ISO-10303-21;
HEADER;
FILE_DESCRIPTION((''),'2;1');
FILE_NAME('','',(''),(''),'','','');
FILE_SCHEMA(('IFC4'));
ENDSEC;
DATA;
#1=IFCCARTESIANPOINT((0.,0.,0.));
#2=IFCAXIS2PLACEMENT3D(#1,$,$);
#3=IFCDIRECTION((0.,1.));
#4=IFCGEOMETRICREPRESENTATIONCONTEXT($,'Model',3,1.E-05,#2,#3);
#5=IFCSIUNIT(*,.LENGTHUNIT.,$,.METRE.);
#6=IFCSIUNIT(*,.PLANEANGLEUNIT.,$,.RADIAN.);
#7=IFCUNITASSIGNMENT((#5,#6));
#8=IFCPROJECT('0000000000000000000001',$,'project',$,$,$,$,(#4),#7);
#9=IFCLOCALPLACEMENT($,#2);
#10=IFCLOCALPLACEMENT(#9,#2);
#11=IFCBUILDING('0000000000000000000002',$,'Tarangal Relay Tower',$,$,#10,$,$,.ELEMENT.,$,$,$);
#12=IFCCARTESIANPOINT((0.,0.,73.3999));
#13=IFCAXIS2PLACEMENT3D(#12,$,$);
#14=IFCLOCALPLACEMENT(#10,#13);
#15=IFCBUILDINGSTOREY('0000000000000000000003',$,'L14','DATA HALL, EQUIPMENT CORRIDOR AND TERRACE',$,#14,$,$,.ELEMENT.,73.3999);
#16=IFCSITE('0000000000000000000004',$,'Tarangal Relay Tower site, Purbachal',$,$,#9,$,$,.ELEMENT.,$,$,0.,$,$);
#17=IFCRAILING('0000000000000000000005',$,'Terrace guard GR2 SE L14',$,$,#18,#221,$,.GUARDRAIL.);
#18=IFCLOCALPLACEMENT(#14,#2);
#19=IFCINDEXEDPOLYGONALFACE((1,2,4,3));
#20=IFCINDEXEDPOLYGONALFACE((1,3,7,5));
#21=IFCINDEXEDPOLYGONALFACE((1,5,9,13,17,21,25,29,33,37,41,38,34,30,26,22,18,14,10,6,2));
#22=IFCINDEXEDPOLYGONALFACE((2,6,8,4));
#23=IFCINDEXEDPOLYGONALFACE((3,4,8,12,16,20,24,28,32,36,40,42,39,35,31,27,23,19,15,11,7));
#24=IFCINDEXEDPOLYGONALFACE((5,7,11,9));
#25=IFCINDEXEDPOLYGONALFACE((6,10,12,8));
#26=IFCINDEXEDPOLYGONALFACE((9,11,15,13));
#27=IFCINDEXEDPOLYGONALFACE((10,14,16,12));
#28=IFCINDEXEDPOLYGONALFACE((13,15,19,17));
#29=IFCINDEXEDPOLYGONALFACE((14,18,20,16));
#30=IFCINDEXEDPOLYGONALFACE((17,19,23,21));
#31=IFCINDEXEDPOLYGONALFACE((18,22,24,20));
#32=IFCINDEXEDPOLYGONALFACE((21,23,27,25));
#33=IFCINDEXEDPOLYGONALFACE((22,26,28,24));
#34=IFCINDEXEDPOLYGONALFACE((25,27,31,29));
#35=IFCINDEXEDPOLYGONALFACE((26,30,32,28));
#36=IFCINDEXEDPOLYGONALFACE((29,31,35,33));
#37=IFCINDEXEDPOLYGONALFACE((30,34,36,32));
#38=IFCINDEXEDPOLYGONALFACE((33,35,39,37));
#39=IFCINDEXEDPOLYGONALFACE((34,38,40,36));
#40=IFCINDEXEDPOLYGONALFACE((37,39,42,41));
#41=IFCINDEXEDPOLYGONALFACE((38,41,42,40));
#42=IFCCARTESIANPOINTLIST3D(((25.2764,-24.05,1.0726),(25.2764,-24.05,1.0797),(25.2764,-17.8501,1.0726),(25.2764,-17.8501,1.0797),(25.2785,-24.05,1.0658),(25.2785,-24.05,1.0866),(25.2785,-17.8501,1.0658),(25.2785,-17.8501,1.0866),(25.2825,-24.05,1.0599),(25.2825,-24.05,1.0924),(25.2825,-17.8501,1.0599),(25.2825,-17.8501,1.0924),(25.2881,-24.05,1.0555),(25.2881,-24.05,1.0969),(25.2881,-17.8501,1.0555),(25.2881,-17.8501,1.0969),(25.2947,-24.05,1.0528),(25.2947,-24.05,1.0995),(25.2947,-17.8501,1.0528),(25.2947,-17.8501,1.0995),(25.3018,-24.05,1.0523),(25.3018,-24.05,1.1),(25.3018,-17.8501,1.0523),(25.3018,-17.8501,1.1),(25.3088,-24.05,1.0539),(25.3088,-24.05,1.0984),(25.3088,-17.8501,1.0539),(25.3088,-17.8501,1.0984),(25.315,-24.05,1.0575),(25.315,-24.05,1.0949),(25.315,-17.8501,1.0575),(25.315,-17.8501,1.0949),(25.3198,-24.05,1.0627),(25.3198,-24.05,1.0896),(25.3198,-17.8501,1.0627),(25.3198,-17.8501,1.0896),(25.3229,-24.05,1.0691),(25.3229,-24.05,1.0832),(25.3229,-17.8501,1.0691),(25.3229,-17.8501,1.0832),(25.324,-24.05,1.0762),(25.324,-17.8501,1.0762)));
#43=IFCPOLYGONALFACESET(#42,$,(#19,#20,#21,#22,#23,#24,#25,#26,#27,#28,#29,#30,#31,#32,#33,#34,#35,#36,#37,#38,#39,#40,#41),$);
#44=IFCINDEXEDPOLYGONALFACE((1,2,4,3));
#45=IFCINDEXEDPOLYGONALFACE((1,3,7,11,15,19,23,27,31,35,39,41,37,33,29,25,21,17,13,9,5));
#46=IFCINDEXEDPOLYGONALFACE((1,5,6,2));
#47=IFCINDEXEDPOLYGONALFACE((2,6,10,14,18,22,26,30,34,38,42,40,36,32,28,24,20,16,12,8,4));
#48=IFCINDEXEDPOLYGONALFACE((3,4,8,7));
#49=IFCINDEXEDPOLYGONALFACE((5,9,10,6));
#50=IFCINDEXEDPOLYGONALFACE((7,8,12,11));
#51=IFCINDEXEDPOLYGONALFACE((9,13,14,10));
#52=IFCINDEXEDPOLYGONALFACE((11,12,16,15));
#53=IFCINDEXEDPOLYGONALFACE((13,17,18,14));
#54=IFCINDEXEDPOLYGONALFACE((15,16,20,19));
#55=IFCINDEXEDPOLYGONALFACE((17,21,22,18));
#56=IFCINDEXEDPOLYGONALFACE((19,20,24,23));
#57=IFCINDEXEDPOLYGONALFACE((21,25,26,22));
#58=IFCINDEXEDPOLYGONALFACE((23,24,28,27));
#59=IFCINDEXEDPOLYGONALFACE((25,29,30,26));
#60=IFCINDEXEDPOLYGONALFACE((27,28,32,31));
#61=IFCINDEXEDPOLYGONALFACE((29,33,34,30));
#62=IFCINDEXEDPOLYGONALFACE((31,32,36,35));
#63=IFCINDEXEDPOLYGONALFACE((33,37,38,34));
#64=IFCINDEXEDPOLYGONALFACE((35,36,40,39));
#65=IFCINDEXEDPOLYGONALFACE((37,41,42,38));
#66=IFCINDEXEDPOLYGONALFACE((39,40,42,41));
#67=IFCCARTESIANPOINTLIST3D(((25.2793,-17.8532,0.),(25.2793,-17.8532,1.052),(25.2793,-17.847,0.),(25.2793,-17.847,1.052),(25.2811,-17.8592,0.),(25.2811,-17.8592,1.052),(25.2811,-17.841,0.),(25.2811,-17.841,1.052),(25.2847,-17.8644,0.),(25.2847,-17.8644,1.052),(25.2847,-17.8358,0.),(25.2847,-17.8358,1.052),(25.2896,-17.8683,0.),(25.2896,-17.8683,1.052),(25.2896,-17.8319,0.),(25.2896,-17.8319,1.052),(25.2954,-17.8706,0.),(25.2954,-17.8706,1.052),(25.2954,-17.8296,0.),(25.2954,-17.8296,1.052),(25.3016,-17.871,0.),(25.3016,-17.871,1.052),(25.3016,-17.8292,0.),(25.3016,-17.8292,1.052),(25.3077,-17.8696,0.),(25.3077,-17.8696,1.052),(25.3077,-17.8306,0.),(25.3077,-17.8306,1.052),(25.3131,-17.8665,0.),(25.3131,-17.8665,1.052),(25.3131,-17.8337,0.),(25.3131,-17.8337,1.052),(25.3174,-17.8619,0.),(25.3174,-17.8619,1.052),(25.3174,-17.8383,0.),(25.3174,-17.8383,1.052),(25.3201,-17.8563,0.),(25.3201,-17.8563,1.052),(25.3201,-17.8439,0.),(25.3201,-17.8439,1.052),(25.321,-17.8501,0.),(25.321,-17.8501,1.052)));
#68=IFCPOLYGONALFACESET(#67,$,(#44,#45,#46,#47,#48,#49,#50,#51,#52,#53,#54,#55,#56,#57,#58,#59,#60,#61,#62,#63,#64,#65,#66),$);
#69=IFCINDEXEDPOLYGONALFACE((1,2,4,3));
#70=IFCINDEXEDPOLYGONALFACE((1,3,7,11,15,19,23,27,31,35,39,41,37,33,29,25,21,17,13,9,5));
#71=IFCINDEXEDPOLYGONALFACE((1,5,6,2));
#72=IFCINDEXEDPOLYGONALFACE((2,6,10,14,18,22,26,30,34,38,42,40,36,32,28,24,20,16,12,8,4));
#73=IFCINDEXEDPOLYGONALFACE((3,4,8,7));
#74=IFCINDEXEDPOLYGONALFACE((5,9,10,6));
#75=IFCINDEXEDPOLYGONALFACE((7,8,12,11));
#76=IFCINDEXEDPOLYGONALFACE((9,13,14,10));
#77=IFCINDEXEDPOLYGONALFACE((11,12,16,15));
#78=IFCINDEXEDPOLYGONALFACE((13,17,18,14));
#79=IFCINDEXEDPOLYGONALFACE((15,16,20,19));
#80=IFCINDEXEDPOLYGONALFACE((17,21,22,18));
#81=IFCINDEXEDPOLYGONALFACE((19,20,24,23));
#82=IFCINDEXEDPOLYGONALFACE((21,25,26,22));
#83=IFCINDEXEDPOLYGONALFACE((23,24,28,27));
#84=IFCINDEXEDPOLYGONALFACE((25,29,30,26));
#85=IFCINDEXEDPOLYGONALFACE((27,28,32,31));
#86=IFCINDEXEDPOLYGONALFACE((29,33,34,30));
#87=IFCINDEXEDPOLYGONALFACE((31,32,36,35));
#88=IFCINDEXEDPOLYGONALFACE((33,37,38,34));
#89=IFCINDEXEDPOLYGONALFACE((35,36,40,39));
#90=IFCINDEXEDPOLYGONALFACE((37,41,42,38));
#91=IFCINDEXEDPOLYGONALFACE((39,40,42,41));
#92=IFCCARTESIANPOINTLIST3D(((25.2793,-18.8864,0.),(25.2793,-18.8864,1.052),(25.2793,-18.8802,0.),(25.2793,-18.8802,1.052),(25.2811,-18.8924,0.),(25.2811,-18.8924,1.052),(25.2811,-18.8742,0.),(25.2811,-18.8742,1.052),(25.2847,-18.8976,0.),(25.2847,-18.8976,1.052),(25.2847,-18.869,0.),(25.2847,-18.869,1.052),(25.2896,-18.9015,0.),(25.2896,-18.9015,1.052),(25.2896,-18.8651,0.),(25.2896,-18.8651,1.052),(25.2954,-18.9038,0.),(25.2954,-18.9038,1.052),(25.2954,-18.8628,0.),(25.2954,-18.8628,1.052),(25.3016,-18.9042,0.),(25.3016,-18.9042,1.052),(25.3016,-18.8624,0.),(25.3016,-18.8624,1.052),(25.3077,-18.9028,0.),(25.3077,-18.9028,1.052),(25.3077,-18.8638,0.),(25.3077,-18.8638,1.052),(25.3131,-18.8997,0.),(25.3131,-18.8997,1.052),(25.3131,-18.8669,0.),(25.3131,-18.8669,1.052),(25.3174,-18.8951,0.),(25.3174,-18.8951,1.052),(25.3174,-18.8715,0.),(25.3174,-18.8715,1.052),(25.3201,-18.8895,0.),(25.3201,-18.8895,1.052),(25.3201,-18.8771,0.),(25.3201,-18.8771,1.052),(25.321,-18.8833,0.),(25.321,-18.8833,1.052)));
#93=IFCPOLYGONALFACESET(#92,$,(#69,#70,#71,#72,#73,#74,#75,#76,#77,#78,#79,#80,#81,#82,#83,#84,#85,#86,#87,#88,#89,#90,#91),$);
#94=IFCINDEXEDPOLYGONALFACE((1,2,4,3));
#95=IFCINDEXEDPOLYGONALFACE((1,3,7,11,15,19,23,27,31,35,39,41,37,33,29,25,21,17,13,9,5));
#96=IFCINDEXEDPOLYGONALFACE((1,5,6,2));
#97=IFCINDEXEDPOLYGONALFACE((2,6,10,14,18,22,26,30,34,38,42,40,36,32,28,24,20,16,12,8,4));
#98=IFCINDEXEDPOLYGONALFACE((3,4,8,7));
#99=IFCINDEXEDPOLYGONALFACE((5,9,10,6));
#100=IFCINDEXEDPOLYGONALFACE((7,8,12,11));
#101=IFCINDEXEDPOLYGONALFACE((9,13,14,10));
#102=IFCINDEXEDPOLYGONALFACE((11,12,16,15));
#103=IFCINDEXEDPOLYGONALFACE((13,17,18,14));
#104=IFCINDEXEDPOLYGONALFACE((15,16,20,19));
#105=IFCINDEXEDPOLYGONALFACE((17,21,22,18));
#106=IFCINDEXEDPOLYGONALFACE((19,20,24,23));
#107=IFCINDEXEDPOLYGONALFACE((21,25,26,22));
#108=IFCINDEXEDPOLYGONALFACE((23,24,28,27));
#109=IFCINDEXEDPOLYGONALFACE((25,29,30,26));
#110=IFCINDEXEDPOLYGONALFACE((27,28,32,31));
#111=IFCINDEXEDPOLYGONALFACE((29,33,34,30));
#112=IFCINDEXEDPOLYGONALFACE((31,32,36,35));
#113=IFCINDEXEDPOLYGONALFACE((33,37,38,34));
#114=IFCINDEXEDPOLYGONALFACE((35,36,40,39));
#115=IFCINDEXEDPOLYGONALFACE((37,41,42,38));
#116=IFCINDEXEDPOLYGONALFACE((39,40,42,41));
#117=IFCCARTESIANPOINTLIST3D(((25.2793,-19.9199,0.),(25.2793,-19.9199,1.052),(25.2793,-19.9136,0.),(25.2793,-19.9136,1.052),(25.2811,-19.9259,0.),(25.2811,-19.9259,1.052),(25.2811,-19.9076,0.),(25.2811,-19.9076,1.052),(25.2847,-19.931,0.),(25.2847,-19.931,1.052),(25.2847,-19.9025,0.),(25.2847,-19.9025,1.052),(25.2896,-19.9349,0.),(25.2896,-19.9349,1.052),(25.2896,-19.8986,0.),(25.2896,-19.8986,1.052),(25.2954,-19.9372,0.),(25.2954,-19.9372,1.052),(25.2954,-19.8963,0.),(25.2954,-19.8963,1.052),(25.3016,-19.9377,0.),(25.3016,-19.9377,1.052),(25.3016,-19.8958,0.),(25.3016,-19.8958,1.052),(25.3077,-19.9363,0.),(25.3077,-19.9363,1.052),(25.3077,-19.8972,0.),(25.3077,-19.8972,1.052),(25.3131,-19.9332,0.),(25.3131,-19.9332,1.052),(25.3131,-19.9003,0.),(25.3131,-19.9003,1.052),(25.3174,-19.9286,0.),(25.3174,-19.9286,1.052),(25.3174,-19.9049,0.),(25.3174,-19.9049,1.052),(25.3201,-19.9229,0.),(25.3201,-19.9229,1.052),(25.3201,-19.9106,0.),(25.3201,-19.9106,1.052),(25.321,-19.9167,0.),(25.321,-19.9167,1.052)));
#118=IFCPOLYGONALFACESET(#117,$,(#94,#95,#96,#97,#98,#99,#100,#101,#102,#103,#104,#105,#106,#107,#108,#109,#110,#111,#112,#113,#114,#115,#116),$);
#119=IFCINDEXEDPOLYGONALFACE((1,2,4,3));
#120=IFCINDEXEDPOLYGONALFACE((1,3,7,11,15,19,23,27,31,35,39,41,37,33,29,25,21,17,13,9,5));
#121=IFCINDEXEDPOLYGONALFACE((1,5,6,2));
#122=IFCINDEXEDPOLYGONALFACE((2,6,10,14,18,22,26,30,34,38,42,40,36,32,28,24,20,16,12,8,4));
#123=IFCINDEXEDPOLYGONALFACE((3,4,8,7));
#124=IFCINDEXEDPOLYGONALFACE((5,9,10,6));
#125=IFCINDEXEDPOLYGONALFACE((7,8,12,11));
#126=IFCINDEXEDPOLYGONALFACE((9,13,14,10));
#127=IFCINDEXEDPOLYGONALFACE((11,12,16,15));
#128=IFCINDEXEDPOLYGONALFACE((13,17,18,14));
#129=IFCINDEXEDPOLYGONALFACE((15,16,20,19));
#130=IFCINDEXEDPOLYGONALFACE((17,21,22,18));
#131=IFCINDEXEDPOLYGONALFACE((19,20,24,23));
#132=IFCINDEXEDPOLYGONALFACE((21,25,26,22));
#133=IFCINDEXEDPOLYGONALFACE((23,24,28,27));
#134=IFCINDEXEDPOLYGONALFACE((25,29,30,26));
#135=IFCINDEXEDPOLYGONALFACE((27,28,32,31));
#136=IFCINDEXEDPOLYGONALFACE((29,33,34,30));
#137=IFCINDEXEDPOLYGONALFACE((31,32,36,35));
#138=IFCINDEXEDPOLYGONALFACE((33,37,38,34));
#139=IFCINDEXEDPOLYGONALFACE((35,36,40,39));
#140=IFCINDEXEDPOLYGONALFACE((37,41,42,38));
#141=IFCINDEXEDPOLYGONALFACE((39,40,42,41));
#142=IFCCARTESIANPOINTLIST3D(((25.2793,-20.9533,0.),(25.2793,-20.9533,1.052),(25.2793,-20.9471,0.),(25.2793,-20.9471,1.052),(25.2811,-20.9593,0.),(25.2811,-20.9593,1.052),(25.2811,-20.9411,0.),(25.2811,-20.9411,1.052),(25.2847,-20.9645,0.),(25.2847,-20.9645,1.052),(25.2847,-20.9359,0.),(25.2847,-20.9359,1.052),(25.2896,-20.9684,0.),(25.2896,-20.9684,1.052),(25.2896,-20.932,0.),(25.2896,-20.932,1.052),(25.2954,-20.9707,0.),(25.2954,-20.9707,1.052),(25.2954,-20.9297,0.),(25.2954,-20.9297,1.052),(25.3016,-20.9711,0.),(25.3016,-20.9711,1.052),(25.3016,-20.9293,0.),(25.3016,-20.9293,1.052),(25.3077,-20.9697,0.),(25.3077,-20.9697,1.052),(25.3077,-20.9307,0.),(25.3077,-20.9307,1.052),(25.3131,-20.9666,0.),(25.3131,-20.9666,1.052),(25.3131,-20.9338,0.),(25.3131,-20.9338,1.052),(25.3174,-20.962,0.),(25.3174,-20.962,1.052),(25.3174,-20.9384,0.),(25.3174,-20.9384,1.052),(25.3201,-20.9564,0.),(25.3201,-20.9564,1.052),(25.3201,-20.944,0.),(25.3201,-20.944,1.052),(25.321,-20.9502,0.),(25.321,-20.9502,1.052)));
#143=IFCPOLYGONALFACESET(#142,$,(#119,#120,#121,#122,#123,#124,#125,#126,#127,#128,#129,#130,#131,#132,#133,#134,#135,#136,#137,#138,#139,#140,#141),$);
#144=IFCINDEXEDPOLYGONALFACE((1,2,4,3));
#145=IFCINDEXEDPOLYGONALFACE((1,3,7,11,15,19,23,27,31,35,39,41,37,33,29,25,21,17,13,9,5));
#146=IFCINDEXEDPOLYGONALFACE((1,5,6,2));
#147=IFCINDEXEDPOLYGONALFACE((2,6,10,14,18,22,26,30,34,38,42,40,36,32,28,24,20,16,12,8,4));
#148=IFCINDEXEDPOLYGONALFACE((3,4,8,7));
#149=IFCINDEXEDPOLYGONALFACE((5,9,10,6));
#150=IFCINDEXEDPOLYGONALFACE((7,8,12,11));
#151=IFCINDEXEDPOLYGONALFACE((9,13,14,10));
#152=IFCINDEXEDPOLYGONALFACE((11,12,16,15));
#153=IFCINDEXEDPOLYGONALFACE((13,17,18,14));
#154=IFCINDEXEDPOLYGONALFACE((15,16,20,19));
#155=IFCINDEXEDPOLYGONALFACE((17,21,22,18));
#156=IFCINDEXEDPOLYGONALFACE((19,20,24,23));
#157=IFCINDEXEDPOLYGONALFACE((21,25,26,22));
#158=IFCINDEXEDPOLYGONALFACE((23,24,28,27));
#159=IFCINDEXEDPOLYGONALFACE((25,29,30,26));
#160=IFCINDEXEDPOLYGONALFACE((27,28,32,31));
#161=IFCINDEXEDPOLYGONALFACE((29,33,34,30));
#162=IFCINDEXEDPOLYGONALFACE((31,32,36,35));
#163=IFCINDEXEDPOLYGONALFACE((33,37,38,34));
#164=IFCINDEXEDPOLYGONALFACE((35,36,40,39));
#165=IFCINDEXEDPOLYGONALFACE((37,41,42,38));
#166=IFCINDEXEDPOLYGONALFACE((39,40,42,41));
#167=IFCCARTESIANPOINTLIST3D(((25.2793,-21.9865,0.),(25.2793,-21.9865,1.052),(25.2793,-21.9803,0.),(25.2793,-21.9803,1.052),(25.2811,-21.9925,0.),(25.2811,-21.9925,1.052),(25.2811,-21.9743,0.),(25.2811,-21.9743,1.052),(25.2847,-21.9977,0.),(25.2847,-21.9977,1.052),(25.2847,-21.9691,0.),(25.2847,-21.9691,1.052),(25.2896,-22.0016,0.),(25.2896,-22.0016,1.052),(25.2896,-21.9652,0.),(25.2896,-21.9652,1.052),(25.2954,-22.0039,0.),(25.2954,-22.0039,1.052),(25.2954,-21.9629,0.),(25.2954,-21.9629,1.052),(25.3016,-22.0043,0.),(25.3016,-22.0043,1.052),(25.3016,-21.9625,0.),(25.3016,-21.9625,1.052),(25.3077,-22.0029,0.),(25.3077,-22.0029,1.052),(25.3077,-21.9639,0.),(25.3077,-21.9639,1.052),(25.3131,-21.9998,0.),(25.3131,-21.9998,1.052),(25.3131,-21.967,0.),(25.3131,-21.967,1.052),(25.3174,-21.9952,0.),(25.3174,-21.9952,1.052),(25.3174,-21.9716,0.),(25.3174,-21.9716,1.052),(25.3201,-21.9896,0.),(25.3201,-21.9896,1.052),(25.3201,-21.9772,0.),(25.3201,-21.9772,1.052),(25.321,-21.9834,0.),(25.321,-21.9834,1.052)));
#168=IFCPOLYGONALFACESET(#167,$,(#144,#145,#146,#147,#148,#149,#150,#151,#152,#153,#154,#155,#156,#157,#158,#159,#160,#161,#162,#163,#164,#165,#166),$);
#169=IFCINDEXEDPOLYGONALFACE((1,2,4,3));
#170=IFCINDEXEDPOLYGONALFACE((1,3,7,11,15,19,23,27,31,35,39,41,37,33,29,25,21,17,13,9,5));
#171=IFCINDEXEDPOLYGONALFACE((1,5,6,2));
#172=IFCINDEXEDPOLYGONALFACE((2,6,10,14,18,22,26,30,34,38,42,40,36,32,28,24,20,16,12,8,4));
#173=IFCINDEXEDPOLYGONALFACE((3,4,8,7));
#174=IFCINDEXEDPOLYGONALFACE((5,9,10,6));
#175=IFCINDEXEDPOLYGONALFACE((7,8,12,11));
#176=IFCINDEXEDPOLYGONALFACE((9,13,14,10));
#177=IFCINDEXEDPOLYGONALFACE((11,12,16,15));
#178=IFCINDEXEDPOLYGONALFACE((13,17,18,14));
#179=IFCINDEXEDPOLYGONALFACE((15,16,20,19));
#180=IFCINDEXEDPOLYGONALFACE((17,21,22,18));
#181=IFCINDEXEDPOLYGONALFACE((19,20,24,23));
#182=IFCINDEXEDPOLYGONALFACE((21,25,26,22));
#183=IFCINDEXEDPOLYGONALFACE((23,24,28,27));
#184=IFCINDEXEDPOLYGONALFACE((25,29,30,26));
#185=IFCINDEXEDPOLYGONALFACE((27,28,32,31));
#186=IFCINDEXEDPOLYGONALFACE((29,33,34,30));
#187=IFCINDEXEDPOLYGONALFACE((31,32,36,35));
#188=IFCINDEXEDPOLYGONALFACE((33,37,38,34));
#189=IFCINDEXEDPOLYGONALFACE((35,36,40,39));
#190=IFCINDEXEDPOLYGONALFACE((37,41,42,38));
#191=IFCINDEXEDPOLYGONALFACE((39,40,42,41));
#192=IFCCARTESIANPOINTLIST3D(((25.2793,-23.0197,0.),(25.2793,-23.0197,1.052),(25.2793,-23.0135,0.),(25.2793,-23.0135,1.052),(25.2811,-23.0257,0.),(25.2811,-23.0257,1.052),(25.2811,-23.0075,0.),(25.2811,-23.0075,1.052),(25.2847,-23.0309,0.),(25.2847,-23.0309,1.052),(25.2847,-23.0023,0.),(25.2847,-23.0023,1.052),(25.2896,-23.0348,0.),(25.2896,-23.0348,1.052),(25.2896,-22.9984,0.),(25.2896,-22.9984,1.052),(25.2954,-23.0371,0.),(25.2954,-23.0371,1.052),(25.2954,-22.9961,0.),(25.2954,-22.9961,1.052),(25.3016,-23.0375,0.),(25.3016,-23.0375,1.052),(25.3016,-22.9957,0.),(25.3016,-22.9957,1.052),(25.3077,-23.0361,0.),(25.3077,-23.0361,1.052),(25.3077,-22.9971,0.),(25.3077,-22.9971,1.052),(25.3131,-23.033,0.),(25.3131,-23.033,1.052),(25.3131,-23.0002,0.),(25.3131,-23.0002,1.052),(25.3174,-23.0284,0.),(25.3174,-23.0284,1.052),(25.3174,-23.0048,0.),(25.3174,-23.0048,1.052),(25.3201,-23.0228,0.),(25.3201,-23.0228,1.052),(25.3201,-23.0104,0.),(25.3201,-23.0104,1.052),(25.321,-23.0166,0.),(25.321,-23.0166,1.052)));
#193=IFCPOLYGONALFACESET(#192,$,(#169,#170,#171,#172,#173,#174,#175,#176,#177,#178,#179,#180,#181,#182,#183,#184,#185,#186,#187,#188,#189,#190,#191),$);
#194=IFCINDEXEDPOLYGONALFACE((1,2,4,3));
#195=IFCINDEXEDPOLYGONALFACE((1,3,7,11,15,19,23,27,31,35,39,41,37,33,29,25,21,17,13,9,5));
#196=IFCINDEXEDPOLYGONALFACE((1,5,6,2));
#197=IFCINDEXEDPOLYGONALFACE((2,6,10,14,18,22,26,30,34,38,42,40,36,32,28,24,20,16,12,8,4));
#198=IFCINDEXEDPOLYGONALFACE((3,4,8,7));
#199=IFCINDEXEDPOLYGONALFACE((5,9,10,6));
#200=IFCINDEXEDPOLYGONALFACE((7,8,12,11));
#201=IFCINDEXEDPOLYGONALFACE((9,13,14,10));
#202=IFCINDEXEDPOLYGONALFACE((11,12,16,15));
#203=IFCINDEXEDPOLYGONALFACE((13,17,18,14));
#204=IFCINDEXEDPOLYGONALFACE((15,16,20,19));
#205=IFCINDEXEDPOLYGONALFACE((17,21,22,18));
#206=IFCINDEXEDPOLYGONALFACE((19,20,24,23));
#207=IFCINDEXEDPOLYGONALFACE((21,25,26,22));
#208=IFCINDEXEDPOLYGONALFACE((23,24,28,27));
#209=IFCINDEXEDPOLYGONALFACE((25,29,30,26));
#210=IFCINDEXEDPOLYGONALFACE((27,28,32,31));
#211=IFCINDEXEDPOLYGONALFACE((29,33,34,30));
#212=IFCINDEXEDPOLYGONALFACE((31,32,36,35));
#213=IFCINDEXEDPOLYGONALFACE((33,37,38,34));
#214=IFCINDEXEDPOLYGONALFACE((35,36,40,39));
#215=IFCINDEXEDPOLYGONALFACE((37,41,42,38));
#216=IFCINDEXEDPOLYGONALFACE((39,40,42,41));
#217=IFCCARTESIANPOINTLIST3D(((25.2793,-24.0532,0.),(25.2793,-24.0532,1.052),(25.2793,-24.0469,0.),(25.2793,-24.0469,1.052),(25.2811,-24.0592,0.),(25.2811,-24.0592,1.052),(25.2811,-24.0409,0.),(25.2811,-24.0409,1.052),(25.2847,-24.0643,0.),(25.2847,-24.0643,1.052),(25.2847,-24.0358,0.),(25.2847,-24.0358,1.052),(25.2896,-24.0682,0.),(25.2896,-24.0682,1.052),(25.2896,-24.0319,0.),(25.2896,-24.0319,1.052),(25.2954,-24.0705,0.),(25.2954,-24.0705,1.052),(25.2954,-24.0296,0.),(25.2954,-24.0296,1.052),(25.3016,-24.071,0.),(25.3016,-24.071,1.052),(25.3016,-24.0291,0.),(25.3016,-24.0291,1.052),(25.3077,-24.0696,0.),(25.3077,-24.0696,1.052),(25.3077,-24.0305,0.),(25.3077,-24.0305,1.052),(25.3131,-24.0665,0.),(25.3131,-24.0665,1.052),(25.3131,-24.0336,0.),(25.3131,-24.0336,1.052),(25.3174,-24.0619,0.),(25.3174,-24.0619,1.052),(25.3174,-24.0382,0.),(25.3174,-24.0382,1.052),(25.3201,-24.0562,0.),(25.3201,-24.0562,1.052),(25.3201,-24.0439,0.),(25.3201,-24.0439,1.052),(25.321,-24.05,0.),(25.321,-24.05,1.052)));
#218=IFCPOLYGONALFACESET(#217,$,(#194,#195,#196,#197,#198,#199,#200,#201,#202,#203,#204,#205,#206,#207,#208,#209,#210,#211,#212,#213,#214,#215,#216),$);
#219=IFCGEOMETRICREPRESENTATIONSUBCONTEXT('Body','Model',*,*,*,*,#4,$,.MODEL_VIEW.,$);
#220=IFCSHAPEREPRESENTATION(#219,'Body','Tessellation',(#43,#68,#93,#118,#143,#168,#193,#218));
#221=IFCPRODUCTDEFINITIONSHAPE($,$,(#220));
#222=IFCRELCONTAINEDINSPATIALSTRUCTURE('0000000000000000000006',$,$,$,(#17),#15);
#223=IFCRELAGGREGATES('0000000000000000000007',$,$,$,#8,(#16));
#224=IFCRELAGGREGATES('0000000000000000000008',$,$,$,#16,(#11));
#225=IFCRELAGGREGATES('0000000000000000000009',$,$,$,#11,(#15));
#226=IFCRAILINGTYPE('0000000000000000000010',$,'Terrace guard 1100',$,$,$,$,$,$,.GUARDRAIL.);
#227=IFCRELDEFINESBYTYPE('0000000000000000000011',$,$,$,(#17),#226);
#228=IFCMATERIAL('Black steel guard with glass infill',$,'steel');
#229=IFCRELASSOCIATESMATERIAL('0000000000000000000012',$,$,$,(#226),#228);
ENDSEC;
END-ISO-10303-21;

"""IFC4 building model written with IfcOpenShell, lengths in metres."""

from ifc_helpers import new_model, si_unit, direction, frame, origin, origin_2d, place, context, subcontext, project, spatial, circle, extrude, material, type_object, element, save


model = new_model("IFC4")

# Units and contexts
model_context = context("Model", 3, precision=1e-05, world=origin(), true_north=direction((0.0, 1.0)))
body_context = subcontext(model_context, "Body", "Model", "MODEL_VIEW")
ifc_project = project(units=[si_unit("LENGTHUNIT", "METRE"), si_unit("PLANEANGLEUNIT", "RADIAN")], contexts=[model_context])

# Site, building, storey
site_placement = place(None, origin())
site = spatial("IfcSite", under=ifc_project, at=site_placement, Name="Tarangal Relay Tower site, Purbachal", CompositionType="ELEMENT", RefElevation=0.0)
building_placement = place(site_placement, origin())
building = spatial("IfcBuilding", under=site, at=building_placement, Name="Tarangal Relay Tower", CompositionType="ELEMENT")
storey_placement = place(building_placement, frame((0.0, 0.0, 73.3999)))
storey = spatial("IfcBuildingStorey", under=building, at=storey_placement, Name="L14", Description="DATA HALL, EQUIPMENT CORRIDOR AND TERRACE", CompositionType="ELEMENT", Elevation=73.3999)

# Railing
ifc_material_1 = material(Name="Black steel guard with glass infill", Category="steel")
railing_type = type_object("IfcRailingType", Name="Terrace guard 1100", PredefinedType="GUARDRAIL", material=ifc_material_1)
railing_1_placement = place(storey_placement, frame((25.3, -17.8501, 0.0)))
element("IfcRailing", 1, at=railing_1_placement, inside=storey, type_object=railing_type, Name="Terrace guard GR2 SE L14", PredefinedType="GUARDRAIL", context=body_context, shape_type="SweptSolid", body=[
    extrude(circle(Radius=0.0239, at=origin_2d()), frame((0.0, 0.0, 1.0762), z_axis=(0.0, -1.0, 0.0), x_axis=(1.0, 0.0, 0.0)), (0.0, 0.0, 1.0), 6.2),
    extrude(circle(Radius=0.021, at=origin_2d()), origin(), (0.0, 0.0, 1.0), 1.052),
    extrude(circle(Radius=0.021, at=origin_2d()), frame((0.0, -1.0332, 0.0)), (0.0, 0.0, 1.0), 1.052),
    extrude(circle(Radius=0.021, at=origin_2d()), frame((0.0, -2.0667, 0.0)), (0.0, 0.0, 1.0), 1.052),
    extrude(circle(Radius=0.021, at=origin_2d()), frame((0.0, -3.1001, 0.0)), (0.0, 0.0, 1.0), 1.052),
    extrude(circle(Radius=0.021, at=origin_2d()), frame((0.0, -4.1333, 0.0)), (0.0, 0.0, 1.0), 1.052),
    extrude(circle(Radius=0.021, at=origin_2d()), frame((0.0, -5.1665, 0.0)), (0.0, 0.0, 1.0), 1.052),
    extrude(circle(Radius=0.021, at=origin_2d()), frame((0.0, -6.2, 0.0)), (0.0, 0.0, 1.0), 1.052),
])

save(model, "model.ifc")
